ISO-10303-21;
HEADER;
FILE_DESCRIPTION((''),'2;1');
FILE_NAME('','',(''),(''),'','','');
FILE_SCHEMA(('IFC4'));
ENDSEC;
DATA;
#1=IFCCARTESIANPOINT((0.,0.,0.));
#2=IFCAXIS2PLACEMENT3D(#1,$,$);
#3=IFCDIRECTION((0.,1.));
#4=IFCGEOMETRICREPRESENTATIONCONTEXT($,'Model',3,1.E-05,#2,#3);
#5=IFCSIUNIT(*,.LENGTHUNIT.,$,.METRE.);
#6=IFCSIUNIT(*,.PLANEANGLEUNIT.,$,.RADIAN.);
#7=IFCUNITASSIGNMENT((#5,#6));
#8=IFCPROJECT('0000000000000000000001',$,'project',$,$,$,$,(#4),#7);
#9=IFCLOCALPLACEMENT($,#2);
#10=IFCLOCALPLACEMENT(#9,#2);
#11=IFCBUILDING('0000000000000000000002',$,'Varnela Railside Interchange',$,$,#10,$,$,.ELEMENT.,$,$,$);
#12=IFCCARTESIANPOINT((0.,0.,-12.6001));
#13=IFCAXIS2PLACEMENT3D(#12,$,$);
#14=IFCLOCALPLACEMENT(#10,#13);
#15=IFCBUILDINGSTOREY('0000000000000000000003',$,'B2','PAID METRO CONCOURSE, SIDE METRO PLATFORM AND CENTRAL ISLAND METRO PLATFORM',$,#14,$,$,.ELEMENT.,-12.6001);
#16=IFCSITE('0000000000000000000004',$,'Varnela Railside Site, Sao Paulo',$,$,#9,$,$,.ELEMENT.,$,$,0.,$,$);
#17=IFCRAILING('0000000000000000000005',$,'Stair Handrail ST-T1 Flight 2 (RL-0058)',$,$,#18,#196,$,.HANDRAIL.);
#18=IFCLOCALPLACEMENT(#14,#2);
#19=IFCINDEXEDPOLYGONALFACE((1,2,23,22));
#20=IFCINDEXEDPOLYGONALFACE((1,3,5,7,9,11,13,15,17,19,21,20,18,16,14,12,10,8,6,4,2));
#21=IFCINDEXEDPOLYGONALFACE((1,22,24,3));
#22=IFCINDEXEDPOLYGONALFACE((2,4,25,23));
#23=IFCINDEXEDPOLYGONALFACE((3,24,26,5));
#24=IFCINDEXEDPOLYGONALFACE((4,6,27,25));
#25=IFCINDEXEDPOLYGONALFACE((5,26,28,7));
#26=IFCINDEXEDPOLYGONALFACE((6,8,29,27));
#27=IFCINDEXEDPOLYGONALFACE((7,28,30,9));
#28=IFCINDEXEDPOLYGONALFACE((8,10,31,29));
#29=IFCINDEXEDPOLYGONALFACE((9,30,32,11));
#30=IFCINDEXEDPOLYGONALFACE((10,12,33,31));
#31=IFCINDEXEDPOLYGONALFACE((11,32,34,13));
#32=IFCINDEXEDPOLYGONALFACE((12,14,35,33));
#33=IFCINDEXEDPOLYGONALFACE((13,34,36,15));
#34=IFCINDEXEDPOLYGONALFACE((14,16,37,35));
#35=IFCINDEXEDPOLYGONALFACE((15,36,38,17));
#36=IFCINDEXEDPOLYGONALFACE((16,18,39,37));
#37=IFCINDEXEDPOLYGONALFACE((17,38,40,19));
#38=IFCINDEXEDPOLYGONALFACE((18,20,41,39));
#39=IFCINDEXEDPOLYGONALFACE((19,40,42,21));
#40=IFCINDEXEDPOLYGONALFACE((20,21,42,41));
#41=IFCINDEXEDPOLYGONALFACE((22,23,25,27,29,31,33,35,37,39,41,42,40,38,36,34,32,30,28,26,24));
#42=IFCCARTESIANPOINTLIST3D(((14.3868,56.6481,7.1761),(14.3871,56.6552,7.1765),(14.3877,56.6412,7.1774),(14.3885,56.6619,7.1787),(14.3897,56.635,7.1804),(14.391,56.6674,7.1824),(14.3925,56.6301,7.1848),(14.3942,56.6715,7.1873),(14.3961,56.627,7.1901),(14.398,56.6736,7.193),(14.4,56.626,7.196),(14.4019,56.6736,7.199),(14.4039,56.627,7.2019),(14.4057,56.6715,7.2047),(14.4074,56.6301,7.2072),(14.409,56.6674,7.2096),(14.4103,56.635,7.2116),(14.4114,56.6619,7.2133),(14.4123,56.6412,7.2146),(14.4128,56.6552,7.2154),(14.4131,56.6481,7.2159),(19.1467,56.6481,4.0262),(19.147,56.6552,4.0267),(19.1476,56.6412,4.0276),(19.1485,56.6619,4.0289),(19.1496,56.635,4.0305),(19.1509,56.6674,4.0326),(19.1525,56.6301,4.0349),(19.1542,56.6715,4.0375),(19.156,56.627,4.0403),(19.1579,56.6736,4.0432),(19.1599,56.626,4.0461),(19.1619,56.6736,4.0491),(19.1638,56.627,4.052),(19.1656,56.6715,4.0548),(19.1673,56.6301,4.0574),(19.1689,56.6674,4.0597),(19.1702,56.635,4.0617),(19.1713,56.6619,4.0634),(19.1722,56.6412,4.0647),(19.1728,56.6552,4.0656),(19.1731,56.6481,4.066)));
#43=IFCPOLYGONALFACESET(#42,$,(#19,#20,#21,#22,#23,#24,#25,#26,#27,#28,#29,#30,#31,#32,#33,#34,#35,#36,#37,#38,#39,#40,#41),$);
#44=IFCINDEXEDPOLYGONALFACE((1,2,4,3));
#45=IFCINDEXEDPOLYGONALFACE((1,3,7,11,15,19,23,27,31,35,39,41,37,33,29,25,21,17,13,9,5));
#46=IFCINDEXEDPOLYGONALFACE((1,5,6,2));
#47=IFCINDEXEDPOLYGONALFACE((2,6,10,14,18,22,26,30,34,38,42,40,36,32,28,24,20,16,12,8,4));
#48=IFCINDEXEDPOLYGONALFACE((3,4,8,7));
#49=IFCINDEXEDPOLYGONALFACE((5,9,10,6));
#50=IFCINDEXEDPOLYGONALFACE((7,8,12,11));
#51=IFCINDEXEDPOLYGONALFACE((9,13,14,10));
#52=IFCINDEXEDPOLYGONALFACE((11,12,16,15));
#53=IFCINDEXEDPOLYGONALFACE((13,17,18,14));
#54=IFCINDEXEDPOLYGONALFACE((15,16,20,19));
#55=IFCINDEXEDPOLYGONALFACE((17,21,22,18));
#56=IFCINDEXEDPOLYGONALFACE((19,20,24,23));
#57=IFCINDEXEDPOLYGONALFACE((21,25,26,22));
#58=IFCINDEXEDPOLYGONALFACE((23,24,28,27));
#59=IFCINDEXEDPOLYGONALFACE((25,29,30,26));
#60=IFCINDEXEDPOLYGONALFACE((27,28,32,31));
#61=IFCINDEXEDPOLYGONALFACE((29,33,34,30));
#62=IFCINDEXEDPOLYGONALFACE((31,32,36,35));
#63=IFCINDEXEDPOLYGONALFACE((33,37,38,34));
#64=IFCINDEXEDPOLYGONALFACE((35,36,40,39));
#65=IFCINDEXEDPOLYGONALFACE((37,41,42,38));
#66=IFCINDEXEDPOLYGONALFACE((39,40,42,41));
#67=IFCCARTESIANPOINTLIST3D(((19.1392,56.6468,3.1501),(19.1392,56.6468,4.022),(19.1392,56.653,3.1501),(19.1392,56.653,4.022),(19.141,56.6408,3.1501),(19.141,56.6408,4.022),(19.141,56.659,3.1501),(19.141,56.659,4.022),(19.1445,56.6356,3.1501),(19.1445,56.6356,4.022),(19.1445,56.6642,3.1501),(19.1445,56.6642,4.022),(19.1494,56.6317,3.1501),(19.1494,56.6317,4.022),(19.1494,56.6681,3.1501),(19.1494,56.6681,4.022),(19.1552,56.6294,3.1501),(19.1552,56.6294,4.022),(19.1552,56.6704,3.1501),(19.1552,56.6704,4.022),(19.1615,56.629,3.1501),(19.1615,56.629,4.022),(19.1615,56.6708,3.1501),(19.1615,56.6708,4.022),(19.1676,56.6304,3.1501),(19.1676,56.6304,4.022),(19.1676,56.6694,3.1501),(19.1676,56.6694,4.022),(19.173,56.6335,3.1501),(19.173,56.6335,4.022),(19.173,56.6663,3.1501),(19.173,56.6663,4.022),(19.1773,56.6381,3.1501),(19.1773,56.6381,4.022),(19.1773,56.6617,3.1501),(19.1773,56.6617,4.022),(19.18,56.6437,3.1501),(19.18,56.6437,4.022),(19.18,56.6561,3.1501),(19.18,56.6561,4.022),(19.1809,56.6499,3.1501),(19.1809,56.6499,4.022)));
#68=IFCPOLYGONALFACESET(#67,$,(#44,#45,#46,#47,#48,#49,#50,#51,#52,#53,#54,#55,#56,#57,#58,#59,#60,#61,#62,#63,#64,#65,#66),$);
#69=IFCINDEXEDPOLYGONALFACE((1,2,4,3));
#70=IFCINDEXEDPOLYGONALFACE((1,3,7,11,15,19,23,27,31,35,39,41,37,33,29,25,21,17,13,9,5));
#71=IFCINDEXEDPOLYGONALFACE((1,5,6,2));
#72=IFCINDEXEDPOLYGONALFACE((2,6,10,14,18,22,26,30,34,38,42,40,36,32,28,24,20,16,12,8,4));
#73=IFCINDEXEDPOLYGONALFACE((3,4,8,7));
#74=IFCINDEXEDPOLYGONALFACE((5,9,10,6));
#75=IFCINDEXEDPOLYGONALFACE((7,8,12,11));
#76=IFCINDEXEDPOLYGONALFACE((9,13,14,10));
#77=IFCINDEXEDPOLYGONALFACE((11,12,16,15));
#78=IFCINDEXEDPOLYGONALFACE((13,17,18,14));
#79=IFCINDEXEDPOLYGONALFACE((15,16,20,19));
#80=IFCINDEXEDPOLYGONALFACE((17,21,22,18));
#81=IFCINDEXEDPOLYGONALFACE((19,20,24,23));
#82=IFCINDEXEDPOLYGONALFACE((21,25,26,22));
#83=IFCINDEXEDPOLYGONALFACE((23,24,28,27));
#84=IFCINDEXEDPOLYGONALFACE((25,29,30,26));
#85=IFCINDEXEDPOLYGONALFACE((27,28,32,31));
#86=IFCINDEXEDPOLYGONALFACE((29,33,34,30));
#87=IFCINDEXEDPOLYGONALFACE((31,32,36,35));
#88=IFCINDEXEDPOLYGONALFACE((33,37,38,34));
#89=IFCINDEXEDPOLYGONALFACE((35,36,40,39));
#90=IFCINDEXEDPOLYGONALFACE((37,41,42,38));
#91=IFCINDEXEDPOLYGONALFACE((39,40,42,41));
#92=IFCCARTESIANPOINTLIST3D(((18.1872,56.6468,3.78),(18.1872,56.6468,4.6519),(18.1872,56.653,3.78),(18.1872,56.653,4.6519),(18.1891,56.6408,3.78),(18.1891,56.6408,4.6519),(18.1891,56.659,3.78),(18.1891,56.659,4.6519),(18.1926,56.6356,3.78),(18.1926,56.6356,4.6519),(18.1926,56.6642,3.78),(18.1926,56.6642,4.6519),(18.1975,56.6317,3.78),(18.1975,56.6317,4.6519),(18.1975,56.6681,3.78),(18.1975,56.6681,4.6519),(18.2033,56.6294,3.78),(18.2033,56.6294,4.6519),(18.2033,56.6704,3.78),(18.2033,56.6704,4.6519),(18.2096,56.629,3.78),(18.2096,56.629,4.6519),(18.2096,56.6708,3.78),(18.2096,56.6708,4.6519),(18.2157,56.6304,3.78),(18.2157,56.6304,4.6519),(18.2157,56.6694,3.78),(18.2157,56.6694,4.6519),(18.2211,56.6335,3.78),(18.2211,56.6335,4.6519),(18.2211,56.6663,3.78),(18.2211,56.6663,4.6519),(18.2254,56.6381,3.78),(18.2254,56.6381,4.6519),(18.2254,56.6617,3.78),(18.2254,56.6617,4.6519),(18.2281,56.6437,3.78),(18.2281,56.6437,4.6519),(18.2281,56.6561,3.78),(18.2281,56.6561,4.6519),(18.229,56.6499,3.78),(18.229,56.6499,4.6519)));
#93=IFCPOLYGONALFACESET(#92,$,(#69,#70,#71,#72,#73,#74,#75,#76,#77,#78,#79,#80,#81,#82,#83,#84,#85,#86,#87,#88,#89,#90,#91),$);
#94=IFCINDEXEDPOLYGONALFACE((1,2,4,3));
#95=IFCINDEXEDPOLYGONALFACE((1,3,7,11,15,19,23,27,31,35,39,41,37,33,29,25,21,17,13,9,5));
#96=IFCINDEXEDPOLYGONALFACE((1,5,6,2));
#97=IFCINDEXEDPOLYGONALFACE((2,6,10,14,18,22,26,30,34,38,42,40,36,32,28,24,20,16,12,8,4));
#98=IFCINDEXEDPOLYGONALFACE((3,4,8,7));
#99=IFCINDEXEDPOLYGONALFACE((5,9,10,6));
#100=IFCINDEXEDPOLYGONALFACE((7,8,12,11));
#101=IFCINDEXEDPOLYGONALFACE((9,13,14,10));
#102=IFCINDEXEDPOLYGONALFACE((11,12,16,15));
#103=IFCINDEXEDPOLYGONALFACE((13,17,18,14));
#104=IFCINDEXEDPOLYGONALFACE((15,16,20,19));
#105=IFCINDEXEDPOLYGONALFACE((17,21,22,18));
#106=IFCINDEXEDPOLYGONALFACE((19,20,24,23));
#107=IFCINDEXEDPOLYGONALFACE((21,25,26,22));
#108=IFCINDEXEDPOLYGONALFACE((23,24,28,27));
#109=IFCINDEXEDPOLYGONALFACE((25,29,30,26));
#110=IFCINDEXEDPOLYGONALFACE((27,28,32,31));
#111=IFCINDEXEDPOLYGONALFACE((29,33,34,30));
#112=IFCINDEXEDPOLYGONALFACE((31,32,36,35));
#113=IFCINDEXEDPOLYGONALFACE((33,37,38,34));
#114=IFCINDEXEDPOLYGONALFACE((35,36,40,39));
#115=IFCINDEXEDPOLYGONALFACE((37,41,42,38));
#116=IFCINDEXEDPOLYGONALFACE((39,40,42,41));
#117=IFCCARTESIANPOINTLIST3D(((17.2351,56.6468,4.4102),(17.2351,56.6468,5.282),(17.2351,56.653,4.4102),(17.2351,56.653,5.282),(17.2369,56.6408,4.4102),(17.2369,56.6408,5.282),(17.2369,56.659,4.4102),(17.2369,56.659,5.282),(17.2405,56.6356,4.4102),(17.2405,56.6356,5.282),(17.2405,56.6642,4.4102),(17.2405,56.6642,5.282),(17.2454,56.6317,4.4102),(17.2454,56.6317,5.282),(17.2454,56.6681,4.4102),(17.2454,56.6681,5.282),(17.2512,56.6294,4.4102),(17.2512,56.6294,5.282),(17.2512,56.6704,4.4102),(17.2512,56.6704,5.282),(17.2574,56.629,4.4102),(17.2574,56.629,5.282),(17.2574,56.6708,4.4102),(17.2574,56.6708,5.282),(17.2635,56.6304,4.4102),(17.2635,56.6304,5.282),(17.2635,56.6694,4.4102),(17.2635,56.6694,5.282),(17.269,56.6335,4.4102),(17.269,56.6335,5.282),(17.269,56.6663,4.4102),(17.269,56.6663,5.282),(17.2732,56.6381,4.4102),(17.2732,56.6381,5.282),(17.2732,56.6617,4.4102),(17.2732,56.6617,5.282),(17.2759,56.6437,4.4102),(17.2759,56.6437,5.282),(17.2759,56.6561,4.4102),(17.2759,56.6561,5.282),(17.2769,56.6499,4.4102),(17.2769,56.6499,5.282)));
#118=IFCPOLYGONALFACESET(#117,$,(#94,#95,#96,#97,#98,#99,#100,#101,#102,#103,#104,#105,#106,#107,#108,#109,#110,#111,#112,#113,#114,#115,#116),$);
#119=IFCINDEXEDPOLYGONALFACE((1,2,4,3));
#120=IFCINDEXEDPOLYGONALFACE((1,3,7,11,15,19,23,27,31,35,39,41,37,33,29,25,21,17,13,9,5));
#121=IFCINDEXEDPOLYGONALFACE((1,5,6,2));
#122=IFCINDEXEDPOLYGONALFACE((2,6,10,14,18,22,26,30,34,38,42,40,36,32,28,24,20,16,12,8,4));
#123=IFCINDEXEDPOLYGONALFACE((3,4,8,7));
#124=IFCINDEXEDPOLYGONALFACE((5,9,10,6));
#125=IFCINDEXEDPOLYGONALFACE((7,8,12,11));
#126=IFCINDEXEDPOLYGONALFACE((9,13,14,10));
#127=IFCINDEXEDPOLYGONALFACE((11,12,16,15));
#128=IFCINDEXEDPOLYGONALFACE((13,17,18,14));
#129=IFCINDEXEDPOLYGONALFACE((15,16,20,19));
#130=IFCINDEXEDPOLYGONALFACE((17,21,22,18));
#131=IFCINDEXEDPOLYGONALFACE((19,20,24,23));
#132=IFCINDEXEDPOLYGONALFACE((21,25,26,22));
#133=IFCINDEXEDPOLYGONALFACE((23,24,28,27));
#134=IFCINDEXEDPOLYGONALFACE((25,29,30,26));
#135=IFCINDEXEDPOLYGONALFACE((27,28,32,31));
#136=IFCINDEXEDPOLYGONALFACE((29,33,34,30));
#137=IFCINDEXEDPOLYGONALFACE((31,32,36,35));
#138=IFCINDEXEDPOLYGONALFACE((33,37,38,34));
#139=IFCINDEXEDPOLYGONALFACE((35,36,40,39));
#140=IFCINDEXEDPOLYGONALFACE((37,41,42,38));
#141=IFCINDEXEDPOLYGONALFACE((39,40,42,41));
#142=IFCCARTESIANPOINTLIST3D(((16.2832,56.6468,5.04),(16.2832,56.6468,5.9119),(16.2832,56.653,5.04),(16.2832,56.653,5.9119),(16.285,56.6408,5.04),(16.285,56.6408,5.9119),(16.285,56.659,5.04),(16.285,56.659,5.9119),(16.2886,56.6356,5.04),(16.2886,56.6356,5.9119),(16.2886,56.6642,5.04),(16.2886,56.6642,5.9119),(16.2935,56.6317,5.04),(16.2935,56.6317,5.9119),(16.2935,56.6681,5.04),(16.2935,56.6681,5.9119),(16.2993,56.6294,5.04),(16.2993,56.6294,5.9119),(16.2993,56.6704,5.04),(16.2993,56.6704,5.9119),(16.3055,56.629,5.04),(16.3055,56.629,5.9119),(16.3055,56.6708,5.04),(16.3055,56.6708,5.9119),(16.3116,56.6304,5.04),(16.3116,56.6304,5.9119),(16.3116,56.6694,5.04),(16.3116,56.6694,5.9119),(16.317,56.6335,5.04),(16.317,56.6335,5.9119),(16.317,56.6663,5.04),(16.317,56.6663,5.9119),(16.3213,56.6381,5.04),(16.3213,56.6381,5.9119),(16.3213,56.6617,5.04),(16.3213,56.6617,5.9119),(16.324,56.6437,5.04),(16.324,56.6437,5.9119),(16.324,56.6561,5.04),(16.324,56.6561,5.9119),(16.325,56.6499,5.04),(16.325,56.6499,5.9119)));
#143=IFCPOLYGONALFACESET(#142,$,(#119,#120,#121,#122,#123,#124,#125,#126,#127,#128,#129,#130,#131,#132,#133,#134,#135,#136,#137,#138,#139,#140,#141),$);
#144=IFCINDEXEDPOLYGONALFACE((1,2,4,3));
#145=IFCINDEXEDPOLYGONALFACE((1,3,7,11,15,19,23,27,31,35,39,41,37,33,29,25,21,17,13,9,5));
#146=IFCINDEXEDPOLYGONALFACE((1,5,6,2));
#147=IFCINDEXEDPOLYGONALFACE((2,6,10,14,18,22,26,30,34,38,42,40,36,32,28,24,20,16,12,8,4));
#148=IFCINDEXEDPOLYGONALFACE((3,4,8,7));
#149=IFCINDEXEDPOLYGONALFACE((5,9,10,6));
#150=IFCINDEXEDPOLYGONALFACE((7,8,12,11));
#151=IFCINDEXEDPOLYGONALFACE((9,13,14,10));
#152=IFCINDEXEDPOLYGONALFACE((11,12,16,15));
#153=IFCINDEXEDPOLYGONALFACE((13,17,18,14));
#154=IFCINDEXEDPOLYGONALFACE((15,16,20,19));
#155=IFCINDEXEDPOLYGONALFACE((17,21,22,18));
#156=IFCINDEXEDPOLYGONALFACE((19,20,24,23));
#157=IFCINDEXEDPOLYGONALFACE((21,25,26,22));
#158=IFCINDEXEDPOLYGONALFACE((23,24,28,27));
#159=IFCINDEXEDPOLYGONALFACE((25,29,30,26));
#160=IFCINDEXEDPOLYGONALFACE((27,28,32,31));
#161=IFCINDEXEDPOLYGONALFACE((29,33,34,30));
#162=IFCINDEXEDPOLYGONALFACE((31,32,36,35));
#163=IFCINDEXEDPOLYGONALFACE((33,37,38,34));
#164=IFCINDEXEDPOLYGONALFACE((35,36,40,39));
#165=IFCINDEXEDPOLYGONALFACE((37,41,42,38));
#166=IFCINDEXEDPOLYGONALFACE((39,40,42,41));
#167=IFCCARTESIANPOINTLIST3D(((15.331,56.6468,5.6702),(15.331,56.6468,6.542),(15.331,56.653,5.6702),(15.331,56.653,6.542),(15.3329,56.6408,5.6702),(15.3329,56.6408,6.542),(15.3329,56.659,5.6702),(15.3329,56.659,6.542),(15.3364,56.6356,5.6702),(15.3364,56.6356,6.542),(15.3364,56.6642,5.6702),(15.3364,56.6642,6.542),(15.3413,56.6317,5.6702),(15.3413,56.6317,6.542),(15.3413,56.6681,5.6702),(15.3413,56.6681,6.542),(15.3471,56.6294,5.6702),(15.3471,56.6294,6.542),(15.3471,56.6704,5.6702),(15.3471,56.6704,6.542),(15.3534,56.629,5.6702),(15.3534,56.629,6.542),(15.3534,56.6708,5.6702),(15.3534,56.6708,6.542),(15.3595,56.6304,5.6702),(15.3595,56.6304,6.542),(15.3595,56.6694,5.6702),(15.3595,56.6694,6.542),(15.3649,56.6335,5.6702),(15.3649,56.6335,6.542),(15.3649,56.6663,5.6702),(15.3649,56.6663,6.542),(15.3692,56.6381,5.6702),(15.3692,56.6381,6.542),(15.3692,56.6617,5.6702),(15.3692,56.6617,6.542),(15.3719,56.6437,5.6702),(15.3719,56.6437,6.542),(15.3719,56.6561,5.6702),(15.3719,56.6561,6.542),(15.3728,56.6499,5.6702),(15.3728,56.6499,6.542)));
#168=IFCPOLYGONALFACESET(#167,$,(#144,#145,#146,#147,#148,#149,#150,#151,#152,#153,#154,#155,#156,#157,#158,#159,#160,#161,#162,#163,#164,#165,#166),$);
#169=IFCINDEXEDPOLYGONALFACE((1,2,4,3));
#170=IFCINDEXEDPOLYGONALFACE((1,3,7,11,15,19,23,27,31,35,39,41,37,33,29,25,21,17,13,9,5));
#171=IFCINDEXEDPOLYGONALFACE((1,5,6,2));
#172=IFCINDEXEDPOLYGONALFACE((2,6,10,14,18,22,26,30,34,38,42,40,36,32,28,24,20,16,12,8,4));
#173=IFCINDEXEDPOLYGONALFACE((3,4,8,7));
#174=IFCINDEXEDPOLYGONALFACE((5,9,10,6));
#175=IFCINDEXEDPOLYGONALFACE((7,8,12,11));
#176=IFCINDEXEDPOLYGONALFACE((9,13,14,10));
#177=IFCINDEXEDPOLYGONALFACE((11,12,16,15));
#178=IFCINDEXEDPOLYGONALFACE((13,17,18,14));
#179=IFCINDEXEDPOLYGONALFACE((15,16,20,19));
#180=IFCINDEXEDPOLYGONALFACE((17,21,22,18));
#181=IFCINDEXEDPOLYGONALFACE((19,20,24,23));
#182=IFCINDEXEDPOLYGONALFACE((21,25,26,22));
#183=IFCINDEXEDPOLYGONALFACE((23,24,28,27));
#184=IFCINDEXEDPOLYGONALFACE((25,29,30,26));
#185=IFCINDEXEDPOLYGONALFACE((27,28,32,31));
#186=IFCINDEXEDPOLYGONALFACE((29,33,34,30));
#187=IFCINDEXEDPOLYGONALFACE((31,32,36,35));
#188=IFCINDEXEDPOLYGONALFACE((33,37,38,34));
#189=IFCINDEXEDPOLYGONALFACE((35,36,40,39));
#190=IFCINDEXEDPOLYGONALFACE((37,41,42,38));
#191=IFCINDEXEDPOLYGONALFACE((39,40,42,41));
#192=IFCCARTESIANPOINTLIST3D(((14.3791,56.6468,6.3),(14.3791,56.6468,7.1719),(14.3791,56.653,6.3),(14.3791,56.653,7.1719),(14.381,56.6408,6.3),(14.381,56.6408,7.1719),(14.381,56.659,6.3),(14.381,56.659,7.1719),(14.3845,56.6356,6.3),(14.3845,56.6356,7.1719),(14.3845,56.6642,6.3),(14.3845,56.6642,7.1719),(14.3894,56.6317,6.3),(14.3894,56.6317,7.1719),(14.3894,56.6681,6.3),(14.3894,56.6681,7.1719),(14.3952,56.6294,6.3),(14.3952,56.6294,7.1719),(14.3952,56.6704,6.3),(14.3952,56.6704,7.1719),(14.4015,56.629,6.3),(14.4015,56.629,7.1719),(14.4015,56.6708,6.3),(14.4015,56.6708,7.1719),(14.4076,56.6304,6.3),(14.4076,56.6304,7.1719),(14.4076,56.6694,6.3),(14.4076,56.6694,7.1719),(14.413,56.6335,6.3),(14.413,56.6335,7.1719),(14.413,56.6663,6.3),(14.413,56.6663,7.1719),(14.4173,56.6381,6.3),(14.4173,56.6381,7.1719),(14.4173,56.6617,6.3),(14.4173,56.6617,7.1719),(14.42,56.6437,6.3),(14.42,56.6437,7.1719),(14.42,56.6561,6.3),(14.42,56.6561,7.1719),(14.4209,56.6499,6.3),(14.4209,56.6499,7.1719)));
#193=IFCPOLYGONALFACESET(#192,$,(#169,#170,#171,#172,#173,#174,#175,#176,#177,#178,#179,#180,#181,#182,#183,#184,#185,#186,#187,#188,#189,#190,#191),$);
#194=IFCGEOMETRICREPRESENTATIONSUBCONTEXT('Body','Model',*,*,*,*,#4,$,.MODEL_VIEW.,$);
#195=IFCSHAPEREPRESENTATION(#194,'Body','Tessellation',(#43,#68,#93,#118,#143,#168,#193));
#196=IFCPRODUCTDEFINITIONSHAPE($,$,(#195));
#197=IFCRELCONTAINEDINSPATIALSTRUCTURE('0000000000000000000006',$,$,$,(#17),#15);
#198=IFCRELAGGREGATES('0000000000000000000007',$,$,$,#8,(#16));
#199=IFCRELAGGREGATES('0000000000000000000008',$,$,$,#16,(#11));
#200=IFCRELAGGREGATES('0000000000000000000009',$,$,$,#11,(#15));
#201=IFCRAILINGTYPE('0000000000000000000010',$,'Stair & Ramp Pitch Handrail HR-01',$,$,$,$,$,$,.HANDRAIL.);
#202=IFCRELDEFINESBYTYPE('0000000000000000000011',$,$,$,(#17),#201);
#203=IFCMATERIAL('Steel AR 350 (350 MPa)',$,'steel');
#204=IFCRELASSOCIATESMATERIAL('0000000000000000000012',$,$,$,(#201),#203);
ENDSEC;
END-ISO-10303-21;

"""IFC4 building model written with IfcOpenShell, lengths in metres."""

from ifc_helpers import new_model, si_unit, direction, frame, origin, origin_2d, place, context, subcontext, project, spatial, circle, extrude, material, type_object, element, save


model = new_model("IFC4")

# Units and contexts
model_context = context("Model", 3, precision=1e-05, world=origin(), true_north=direction((0.0, 1.0)))
body_context = subcontext(model_context, "Body", "Model", "MODEL_VIEW")
ifc_project = project(units=[si_unit("LENGTHUNIT", "METRE"), si_unit("PLANEANGLEUNIT", "RADIAN")], contexts=[model_context])

# Site, building, storey
site_placement = place(None, origin())
site = spatial("IfcSite", under=ifc_project, at=site_placement, Name="Varnela Railside Site, Sao Paulo", CompositionType="ELEMENT", RefElevation=0.0)
building_placement = place(site_placement, origin())
building = spatial("IfcBuilding", under=site, at=building_placement, Name="Varnela Railside Interchange", CompositionType="ELEMENT")
storey_placement = place(building_placement, frame((0.0, 0.0, -12.6001)))
storey = spatial("IfcBuildingStorey", under=building, at=storey_placement, Name="B2", Description="PAID METRO CONCOURSE, SIDE METRO PLATFORM AND CENTRAL ISLAND METRO PLATFORM", CompositionType="ELEMENT", Elevation=-12.6001)

# Shared definitions
ifc_material_1 = material(Name="Steel AR 350 (350 MPa)", Category="steel")

# Railing
railing_type_1 = type_object("IfcRailingType", Name="Stair & Ramp Pitch Handrail HR-01", PredefinedType="HANDRAIL", material=ifc_material_1)
railing_1_placement = place(storey_placement, frame((19.1599, 56.6499, 3.1501)))
element("IfcRailing", 1, at=railing_1_placement, inside=storey, type_object=railing_type_1, Name="Stair Handrail ST-T1 Flight 2 (RL-0058)", PredefinedType="HANDRAIL", context=body_context, shape_type="SweptSolid", body=[
    extrude(circle(Radius=0.0239, at=origin_2d()), frame((0.0, 0.0, 0.896), z_axis=(-0.833941, 0.0, 0.551854), x_axis=(0.0, -1.0, 0.0)), (0.0, 0.0, 1.0), 5.7078),
    extrude(circle(Radius=0.021, at=origin_2d()), origin(), (0.0, 0.0, 1.0), 0.8718),
    extrude(circle(Radius=0.021, at=origin_2d()), frame((-0.9519, 0.0, 0.6299)), (0.0, 0.0, 1.0), 0.8718),
    extrude(circle(Radius=0.021, at=origin_2d()), frame((-1.9041, 0.0, 1.26)), (0.0, 0.0, 1.0), 0.8718),
    extrude(circle(Radius=0.021, at=origin_2d()), frame((-2.856, 0.0, 1.8899)), (0.0, 0.0, 1.0), 0.8718),
    extrude(circle(Radius=0.021, at=origin_2d()), frame((-3.8081, 0.0, 2.52)), (0.0, 0.0, 1.0), 0.8718),
    extrude(circle(Radius=0.021, at=origin_2d()), frame((-4.76, 0.0, 3.1499)), (0.0, 0.0, 1.0), 0.8718),
])

save(model, "model.ifc")
